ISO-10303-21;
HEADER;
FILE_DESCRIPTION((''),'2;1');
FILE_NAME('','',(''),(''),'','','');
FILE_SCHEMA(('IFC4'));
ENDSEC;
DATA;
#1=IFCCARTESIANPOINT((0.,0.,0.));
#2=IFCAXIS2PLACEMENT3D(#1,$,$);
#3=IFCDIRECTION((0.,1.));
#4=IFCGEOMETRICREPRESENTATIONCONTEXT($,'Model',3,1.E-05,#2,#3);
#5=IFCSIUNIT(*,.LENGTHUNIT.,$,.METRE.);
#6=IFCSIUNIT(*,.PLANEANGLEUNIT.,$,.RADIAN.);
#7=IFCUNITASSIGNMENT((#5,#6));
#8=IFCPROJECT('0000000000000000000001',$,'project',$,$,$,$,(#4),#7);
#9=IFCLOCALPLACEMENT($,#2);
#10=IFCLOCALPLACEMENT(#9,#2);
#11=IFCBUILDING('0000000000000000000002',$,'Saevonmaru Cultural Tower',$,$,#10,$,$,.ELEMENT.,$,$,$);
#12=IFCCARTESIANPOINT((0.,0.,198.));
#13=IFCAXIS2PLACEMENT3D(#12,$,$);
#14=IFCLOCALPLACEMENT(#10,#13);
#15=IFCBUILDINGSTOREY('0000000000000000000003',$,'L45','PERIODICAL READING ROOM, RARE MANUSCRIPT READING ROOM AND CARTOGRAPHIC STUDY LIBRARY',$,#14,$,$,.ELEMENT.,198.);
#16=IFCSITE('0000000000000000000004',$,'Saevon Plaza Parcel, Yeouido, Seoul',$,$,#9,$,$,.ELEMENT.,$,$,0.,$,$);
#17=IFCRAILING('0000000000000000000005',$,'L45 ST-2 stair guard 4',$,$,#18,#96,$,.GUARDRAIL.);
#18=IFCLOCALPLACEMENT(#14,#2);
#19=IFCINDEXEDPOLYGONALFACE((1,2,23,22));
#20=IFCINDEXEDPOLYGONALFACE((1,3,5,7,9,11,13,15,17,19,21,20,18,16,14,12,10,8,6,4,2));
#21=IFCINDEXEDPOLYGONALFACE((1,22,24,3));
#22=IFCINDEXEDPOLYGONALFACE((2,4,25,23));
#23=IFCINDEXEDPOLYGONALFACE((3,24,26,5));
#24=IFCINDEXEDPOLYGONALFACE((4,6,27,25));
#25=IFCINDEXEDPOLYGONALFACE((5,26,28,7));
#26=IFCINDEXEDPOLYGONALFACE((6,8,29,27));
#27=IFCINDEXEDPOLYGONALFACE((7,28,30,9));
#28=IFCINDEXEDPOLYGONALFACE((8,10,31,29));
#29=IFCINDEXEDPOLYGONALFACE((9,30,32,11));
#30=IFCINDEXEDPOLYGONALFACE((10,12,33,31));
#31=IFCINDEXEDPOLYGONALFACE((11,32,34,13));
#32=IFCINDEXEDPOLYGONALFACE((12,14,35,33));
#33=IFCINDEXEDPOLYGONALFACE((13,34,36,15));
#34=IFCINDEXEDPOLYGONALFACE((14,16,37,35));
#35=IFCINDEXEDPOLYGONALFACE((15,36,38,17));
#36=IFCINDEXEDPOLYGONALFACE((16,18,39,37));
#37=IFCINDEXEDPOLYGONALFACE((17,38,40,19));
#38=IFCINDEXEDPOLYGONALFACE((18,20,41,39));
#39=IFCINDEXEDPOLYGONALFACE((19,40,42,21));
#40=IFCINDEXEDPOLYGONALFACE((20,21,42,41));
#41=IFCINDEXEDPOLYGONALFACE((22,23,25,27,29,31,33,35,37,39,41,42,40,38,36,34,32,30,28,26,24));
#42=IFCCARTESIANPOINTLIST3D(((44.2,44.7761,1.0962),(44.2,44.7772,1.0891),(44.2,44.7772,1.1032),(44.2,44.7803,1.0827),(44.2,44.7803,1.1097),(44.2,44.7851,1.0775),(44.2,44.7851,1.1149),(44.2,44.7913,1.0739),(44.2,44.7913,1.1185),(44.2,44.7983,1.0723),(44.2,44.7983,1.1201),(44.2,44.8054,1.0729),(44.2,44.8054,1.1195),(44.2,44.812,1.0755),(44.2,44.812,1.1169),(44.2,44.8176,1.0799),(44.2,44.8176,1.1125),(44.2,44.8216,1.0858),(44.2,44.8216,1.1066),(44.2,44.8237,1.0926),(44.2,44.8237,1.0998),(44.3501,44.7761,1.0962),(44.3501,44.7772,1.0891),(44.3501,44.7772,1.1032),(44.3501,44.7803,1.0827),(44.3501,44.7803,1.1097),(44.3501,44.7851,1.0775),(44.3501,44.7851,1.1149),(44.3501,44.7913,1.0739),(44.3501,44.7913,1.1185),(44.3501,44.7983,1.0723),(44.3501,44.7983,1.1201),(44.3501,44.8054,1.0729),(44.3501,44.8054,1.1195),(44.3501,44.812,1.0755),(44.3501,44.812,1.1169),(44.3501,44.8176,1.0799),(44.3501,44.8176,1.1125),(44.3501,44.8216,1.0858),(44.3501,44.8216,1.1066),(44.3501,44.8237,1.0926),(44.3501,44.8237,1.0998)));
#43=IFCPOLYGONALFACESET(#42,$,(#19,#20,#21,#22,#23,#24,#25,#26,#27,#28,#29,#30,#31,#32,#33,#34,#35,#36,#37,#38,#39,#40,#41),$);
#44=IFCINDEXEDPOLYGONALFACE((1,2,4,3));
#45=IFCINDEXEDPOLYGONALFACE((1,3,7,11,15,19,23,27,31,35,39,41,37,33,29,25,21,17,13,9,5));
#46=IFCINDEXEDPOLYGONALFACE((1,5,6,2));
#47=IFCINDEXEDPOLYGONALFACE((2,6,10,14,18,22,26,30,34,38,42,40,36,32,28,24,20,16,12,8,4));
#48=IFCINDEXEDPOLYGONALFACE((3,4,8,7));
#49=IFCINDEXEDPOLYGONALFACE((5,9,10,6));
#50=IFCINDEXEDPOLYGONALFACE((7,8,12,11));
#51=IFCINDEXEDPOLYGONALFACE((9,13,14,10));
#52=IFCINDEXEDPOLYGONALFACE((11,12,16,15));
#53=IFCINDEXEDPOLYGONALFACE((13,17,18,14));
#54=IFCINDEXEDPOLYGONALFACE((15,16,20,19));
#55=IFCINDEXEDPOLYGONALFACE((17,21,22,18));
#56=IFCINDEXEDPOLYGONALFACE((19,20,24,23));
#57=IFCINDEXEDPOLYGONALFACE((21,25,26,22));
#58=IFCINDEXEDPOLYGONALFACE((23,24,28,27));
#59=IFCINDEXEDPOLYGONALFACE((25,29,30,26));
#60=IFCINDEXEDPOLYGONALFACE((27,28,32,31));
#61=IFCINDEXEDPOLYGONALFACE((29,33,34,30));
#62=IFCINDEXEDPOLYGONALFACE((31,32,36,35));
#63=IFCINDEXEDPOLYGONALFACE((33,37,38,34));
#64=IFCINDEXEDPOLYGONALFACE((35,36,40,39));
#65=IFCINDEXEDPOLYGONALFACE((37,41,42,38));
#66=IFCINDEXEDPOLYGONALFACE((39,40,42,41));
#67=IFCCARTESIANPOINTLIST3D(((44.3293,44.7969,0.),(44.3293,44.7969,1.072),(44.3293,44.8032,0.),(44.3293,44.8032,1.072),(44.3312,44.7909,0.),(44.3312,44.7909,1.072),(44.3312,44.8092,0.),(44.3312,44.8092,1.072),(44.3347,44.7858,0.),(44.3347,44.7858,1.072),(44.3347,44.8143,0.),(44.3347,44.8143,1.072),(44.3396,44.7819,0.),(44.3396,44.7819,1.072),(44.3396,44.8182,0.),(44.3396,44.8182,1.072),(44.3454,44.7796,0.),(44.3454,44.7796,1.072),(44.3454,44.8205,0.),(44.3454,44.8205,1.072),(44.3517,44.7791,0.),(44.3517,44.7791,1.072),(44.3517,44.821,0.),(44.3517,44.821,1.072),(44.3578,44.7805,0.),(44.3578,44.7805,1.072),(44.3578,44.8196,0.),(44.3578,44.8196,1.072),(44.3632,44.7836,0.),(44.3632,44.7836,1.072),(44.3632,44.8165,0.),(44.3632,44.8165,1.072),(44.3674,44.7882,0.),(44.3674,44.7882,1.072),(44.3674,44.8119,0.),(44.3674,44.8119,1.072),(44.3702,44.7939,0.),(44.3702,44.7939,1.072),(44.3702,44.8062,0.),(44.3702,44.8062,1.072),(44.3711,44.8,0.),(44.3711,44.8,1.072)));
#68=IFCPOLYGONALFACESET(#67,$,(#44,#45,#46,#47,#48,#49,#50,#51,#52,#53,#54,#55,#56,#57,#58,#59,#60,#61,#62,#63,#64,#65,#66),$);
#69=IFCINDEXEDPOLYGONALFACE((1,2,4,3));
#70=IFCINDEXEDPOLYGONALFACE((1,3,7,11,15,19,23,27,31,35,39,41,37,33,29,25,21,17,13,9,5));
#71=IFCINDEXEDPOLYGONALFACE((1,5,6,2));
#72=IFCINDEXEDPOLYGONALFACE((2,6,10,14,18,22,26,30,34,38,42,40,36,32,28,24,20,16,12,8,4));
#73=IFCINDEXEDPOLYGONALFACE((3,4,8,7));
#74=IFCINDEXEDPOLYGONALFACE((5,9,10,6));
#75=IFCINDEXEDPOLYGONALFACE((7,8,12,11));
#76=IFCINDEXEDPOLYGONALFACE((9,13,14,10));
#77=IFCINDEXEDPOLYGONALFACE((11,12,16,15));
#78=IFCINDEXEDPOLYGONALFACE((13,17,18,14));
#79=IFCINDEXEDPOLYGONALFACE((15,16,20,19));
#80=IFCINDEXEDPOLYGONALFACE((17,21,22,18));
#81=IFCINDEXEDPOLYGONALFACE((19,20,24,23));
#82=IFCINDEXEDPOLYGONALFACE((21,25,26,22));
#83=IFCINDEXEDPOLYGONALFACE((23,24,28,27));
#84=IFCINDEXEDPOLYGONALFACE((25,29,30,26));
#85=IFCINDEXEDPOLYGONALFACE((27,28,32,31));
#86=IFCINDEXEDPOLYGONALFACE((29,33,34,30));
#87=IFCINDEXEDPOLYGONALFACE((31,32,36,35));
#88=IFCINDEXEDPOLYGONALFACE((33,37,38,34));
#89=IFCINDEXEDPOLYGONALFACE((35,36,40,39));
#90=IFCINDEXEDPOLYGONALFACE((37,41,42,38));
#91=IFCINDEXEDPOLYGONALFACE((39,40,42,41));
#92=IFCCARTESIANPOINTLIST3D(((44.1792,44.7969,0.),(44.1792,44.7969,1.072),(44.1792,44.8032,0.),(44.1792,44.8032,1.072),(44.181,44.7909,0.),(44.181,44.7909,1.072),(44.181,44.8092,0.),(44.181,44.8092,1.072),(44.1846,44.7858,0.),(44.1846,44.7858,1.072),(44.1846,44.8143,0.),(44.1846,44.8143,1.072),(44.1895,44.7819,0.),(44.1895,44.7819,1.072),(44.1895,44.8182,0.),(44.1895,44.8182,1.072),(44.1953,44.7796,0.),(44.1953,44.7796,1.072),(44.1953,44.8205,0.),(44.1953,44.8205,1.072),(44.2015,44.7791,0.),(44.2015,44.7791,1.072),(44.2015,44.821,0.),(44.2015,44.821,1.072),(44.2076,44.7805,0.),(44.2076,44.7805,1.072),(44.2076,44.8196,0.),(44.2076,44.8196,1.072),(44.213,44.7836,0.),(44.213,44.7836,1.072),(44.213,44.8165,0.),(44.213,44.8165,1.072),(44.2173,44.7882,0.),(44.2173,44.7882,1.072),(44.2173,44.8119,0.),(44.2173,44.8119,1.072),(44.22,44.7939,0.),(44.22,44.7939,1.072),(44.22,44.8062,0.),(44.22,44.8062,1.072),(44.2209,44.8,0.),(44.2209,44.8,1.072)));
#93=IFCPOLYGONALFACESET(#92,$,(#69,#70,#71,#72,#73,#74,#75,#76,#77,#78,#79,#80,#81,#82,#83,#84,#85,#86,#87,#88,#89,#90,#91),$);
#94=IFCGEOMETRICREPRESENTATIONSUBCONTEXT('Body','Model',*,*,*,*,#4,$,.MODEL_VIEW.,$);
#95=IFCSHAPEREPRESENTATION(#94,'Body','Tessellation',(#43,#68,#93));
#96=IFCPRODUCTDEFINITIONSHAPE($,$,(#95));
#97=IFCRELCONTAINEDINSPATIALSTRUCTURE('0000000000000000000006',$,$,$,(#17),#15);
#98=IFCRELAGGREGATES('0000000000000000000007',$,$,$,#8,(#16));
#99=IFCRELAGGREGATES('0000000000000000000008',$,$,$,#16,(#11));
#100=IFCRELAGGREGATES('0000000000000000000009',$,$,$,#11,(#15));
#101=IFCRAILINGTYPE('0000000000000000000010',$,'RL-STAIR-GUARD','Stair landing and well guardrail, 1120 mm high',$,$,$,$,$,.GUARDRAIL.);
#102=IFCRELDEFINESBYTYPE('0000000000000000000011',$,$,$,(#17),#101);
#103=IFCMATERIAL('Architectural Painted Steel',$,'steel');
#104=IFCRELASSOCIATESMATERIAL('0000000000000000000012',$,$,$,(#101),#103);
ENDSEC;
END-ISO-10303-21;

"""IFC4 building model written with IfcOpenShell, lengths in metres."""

from ifc_helpers import new_model, si_unit, direction, frame, origin, origin_2d, place, context, subcontext, project, spatial, circle, extrude, material, type_object, element, save


model = new_model("IFC4")

# Units and contexts
model_context = context("Model", 3, precision=1e-05, world=origin(), true_north=direction((0.0, 1.0)))
body_context = subcontext(model_context, "Body", "Model", "MODEL_VIEW")
ifc_project = project(units=[si_unit("LENGTHUNIT", "METRE"), si_unit("PLANEANGLEUNIT", "RADIAN")], contexts=[model_context])

# Site, building, storey
site_placement = place(None, origin())
site = spatial("IfcSite", under=ifc_project, at=site_placement, Name="Saevon Plaza Parcel, Yeouido, Seoul", CompositionType="ELEMENT", RefElevation=0.0)
building_placement = place(site_placement, origin())
building = spatial("IfcBuilding", under=site, at=building_placement, Name="Saevonmaru Cultural Tower", CompositionType="ELEMENT")
storey_placement = place(building_placement, frame((0.0, 0.0, 198.0)))
storey = spatial("IfcBuildingStorey", under=building, at=storey_placement, Name="L45", Description="PERIODICAL READING ROOM, RARE MANUSCRIPT READING ROOM AND CARTOGRAPHIC STUDY LIBRARY", CompositionType="ELEMENT", Elevation=198.0)

# Railing
ifc_material_1 = material(Name="Architectural Painted Steel", Category="steel")
railing_type_1 = type_object("IfcRailingType", Name="RL-STAIR-GUARD", Description="Stair landing and well guardrail, 1120 mm high", PredefinedType="GUARDRAIL", material=ifc_material_1)
railing_1_placement = place(storey_placement, frame((44.3501, 44.8, 0.0)))
element("IfcRailing", 1, at=railing_1_placement, inside=storey, type_object=railing_type_1, Name="L45 ST-2 stair guard 4", PredefinedType="GUARDRAIL", context=body_context, shape_type="SweptSolid", body=[
    extrude(circle(Radius=0.0239, at=origin_2d()), frame((0.0, 0.0, 1.0962), z_axis=(-1.0, 0.0, 0.0), x_axis=(0.0, -1.0, 0.0)), (0.0, 0.0, 1.0), 0.1501),
    extrude(circle(Radius=0.021, at=origin_2d()), origin(), (0.0, 0.0, 1.0), 1.072),
    extrude(circle(Radius=0.021, at=origin_2d()), frame((-0.1501, 0.0, 0.0)), (0.0, 0.0, 1.0), 1.072),
])

save(model, "model.ifc")
